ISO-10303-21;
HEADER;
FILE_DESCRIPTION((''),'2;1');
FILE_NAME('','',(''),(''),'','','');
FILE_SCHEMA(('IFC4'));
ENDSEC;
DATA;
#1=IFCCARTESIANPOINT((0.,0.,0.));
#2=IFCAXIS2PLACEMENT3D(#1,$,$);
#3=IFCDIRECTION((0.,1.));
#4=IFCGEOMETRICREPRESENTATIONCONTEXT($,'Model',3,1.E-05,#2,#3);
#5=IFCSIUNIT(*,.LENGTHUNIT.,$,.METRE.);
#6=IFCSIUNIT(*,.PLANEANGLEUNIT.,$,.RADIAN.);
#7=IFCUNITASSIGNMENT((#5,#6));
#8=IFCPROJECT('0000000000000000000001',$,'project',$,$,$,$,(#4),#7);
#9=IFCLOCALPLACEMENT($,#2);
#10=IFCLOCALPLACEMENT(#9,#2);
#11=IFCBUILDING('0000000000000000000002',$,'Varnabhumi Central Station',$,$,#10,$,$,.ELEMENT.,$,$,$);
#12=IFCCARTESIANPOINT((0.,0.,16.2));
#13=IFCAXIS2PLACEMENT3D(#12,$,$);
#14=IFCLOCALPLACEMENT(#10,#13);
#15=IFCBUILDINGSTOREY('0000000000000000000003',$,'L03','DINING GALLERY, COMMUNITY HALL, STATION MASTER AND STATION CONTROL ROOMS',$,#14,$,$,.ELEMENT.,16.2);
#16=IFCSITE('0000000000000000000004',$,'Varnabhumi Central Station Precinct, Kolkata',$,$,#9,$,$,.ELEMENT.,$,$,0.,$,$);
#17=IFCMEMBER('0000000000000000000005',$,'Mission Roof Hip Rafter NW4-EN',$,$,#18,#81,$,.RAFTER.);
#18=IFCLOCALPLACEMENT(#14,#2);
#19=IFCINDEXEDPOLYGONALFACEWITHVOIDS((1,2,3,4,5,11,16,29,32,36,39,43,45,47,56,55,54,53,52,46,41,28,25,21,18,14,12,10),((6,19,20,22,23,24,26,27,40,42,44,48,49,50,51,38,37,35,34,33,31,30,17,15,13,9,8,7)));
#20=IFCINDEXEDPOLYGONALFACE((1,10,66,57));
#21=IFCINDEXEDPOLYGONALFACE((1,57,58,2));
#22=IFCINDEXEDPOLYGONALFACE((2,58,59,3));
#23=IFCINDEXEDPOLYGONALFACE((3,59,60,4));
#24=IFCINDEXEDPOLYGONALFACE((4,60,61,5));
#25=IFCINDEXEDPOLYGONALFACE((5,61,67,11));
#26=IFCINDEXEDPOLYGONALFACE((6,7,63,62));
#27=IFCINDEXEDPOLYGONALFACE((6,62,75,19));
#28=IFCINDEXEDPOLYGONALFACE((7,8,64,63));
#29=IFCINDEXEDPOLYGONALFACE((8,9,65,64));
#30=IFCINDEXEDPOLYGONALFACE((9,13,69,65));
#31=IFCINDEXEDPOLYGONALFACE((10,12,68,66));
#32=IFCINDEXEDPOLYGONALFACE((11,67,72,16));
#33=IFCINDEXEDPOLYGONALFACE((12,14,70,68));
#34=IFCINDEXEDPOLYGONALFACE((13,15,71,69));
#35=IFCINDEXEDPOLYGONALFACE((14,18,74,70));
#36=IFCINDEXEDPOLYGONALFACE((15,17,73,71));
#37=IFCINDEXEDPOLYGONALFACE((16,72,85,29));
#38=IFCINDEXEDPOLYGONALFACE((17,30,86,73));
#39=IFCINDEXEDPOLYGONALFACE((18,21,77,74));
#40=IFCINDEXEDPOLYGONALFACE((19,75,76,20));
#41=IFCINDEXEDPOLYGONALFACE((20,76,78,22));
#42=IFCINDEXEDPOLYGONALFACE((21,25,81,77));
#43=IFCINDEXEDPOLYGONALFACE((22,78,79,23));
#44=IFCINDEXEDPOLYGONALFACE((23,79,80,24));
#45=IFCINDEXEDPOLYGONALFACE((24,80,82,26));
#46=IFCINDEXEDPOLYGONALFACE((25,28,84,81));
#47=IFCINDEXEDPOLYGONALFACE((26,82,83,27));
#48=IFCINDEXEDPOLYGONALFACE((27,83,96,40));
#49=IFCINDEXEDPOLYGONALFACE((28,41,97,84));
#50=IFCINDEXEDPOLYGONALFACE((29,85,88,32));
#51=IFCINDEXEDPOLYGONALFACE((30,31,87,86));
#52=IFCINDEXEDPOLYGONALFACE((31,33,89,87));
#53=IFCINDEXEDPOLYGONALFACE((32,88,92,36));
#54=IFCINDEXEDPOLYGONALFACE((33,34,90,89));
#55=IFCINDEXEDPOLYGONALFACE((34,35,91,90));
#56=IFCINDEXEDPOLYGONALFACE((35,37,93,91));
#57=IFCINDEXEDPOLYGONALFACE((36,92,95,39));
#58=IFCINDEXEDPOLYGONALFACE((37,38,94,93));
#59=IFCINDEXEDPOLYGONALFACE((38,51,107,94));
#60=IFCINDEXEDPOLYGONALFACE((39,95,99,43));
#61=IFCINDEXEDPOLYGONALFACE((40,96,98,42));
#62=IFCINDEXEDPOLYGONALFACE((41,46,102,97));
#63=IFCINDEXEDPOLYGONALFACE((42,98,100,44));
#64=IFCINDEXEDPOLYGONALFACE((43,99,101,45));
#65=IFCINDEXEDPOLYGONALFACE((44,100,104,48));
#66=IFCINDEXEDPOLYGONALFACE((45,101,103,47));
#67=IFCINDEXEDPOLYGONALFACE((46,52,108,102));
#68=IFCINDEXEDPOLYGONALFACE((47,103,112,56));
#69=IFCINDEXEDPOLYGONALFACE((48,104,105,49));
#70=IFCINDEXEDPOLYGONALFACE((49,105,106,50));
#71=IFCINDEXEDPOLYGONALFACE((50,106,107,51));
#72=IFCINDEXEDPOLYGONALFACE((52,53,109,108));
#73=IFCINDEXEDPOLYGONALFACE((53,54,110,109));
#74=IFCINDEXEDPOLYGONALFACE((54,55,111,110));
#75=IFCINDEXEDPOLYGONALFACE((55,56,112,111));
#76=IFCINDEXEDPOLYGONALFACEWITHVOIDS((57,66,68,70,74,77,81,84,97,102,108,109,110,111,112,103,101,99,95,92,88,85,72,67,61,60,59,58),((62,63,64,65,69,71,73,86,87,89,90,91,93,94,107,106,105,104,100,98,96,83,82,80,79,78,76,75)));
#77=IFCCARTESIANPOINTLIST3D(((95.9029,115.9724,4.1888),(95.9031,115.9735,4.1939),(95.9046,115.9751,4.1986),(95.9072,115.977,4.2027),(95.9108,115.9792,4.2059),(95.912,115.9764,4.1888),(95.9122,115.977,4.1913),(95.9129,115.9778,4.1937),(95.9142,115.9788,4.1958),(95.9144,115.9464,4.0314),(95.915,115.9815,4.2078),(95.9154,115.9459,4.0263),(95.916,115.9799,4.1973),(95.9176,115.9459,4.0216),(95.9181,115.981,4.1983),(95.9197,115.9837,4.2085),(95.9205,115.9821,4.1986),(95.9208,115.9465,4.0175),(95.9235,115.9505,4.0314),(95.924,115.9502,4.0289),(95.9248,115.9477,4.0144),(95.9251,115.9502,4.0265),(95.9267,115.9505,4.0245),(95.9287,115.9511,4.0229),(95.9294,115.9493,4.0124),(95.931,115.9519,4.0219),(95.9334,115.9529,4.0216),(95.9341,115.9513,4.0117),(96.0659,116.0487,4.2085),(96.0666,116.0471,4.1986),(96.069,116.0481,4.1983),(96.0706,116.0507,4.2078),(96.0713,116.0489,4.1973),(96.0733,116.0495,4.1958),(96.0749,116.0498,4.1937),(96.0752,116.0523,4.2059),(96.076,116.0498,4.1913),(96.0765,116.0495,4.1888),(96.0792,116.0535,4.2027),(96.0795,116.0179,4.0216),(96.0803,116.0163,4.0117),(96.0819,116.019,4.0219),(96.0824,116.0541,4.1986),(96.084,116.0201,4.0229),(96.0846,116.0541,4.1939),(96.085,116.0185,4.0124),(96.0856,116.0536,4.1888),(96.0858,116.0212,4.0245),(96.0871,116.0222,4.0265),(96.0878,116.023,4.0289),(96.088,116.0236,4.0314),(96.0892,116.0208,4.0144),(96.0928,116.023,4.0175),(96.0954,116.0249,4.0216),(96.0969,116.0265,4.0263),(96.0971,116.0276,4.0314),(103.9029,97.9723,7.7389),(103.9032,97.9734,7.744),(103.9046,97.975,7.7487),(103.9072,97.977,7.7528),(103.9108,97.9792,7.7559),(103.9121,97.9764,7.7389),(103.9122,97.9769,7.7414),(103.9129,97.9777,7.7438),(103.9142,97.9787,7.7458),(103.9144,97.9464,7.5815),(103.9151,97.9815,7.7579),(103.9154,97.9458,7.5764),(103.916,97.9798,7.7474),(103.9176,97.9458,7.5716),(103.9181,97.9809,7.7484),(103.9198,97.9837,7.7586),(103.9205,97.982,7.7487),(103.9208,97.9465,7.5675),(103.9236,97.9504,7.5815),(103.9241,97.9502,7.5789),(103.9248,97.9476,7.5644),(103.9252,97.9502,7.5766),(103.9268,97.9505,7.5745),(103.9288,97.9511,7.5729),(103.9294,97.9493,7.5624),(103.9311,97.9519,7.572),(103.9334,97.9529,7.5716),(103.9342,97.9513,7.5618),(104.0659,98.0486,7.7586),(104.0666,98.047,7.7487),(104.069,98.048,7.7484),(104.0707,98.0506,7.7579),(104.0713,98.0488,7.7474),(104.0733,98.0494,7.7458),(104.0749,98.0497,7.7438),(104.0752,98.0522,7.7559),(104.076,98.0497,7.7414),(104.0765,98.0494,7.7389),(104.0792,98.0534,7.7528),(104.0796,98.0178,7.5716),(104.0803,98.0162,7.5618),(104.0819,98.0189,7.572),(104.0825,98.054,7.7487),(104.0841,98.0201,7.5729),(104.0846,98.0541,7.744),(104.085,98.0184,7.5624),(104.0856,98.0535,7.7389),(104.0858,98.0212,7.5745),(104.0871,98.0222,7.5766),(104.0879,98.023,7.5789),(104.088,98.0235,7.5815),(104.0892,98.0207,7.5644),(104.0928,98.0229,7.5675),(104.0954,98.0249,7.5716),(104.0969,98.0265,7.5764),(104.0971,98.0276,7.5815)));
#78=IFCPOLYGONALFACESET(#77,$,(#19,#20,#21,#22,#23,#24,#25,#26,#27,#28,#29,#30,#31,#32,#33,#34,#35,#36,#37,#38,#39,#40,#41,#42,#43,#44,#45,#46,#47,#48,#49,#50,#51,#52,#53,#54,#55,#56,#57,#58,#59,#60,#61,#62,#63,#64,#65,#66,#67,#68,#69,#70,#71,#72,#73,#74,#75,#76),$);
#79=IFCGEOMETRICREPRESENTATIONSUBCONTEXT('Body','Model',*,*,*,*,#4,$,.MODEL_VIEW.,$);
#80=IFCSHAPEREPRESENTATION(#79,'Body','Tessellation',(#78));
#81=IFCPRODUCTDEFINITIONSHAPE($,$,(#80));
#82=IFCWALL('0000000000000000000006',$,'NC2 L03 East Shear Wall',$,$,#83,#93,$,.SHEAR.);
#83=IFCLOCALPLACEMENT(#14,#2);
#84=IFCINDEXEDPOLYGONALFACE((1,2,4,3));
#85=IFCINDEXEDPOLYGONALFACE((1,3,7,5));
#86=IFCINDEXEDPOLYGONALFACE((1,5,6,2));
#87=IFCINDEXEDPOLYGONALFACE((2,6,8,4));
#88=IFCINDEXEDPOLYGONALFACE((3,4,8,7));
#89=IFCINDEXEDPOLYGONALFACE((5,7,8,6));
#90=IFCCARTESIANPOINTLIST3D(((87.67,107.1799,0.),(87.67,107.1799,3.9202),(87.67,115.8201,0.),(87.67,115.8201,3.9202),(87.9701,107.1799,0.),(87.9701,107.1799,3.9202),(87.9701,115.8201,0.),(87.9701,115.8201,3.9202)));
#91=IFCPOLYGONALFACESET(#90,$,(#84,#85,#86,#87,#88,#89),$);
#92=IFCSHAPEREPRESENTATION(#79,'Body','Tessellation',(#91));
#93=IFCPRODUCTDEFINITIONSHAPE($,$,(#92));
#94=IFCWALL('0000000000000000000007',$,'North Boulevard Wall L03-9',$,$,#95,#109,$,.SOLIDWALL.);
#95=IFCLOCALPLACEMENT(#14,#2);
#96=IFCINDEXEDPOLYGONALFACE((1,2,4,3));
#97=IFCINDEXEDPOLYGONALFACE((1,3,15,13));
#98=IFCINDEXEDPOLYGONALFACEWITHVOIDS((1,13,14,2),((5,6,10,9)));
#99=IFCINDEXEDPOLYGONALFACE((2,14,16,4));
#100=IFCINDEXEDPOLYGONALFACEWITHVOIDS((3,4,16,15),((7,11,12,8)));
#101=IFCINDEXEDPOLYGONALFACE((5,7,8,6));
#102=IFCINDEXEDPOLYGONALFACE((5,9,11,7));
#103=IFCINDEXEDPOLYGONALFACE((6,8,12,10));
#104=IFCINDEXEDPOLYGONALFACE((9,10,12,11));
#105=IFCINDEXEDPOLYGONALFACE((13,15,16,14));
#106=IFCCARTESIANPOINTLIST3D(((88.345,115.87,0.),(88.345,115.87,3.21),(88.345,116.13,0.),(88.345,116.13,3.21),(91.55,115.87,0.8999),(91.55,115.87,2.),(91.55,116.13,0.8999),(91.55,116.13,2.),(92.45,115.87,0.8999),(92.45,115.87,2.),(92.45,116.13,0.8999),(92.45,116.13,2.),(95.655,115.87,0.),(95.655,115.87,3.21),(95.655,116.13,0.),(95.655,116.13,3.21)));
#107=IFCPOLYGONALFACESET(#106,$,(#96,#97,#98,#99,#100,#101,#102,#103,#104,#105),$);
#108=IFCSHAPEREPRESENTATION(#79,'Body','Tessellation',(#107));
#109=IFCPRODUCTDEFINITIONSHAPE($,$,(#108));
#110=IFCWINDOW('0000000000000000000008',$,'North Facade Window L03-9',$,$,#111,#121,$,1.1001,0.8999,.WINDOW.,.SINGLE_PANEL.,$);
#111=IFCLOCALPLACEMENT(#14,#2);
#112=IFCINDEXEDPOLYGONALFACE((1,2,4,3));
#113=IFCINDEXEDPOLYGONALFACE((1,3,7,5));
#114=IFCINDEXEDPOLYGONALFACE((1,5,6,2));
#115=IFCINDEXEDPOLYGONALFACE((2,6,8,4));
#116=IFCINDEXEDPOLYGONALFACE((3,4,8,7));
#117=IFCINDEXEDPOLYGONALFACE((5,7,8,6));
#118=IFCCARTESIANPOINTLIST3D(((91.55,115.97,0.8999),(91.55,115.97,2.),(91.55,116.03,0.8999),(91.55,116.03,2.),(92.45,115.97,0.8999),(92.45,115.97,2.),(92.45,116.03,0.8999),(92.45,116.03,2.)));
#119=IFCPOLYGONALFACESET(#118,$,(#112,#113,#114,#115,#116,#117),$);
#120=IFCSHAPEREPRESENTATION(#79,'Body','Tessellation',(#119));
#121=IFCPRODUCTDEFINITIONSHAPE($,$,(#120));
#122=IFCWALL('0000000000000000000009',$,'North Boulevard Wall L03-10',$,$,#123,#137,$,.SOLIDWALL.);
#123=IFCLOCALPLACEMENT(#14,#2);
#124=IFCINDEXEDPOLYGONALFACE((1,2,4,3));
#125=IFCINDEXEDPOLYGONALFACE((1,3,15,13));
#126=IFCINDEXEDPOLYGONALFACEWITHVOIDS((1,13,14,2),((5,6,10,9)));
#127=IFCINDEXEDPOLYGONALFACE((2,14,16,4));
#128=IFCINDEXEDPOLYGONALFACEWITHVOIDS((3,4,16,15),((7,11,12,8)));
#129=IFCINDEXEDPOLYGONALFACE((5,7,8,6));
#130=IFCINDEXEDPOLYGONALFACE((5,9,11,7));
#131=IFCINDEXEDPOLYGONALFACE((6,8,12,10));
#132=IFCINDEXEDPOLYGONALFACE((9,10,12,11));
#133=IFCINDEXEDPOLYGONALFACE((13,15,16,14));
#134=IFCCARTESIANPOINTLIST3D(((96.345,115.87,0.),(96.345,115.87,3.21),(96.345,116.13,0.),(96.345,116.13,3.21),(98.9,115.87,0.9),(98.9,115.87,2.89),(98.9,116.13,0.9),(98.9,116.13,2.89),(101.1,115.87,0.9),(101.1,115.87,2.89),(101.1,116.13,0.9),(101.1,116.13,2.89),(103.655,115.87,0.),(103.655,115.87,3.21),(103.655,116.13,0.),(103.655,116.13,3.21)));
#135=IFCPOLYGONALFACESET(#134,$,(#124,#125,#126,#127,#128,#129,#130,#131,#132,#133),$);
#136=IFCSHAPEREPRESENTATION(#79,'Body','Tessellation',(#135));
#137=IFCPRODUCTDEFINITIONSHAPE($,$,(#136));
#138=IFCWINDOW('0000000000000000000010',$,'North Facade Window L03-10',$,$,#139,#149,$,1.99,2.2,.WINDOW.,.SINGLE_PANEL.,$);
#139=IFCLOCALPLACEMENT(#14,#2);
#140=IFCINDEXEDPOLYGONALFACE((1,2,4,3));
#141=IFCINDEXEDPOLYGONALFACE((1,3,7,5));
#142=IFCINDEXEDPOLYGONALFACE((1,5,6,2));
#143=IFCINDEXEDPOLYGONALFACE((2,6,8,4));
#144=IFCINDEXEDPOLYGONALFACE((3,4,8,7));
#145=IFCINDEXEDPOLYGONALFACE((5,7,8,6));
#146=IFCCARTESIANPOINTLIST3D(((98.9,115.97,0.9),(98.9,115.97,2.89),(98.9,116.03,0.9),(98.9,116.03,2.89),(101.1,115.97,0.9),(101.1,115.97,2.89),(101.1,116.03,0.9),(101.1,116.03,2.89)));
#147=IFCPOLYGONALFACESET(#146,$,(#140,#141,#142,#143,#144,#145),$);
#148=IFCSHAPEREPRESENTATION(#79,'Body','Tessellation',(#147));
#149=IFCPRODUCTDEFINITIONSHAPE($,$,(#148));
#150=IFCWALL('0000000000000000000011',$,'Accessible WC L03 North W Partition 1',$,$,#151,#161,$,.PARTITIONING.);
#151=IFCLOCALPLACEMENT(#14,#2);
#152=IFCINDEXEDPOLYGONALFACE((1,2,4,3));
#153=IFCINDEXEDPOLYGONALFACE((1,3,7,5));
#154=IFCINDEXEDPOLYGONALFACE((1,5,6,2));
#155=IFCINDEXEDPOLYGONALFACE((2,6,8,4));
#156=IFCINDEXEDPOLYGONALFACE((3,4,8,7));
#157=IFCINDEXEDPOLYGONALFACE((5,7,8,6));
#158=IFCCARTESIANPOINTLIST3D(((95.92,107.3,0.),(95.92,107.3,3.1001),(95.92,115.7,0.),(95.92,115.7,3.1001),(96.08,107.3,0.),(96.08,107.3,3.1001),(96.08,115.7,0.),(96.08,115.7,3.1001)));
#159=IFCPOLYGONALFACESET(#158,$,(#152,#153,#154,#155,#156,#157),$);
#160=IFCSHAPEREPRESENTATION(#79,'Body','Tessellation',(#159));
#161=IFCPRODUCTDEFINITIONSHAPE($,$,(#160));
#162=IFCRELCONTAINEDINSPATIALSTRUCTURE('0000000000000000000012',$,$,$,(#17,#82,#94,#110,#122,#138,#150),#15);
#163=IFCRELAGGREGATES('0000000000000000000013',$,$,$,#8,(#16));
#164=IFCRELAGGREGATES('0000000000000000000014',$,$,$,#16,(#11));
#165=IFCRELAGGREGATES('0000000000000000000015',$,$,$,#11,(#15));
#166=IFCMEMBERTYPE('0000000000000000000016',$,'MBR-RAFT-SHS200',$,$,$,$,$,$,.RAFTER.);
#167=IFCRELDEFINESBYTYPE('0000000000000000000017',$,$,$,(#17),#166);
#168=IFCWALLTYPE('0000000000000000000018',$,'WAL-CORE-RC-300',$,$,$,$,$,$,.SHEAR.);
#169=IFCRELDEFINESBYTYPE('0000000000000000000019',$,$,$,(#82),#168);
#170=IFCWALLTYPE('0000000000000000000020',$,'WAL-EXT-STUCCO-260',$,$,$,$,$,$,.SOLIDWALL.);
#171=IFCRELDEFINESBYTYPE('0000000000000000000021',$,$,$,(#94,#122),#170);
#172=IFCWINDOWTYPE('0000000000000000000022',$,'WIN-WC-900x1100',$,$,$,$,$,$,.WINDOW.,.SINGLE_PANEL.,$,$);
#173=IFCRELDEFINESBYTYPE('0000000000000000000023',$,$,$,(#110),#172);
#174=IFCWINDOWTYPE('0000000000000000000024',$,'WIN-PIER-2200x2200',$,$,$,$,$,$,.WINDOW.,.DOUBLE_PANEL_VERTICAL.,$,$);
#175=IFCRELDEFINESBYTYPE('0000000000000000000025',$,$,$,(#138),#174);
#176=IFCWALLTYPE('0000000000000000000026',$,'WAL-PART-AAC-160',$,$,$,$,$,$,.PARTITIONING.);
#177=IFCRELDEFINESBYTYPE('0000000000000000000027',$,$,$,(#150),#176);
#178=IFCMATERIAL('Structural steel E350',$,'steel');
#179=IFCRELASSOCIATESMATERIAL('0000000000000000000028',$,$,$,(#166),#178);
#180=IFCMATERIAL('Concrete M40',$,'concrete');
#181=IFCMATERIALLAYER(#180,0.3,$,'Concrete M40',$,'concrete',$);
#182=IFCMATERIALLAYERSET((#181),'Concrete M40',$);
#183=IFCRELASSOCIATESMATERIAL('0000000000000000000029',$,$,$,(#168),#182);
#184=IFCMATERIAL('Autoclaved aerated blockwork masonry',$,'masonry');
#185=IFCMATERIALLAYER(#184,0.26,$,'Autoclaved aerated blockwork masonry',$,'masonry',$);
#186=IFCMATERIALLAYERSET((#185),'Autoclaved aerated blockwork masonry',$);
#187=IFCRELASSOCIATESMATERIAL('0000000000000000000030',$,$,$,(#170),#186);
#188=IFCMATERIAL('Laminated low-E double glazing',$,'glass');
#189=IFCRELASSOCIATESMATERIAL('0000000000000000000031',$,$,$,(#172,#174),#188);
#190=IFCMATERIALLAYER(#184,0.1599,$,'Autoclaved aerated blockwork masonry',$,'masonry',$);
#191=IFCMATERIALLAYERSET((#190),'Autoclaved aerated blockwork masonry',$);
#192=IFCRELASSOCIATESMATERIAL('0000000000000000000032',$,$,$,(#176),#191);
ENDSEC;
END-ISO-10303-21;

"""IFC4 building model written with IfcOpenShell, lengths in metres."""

from ifc_helpers import new_model, si_unit, direction, frame, frame_2d, origin, origin_2d, place, context, subcontext, project, spatial, rectangle, hollow_rectangle, extrude, material, layer, layer_set, material_profile, profile_set, type_object, element, fill, save


model = new_model("IFC4")

# Units and contexts
model_context = context("Model", 3, precision=1e-05, world=origin(), true_north=direction((0.0, 1.0)))
body_context = subcontext(model_context, "Body", "Model", "MODEL_VIEW")
ifc_project = project(units=[si_unit("LENGTHUNIT", "METRE"), si_unit("PLANEANGLEUNIT", "RADIAN")], contexts=[model_context])

# Site, building, storey
site_placement = place(None, origin())
site = spatial("IfcSite", under=ifc_project, at=site_placement, Name="Varnabhumi Central Station Precinct, Kolkata", CompositionType="ELEMENT", RefElevation=0.0)
building_placement = place(site_placement, origin())
building = spatial("IfcBuilding", under=site, at=building_placement, Name="Varnabhumi Central Station", CompositionType="ELEMENT")
storey_placement = place(building_placement, frame((0.0, 0.0, 16.2)))
storey = spatial("IfcBuildingStorey", under=building, at=storey_placement, Name="L03", Description="DINING GALLERY, COMMUNITY HALL, STATION MASTER AND STATION CONTROL ROOMS", CompositionType="ELEMENT", Elevation=16.2)

# Shared definitions
ifc_material_1 = material(Name="Concrete M40", Category="concrete")

# Shared definitions
ifc_material_2 = material(Name="Structural steel E350", Category="steel")

# Member
ifc_material_profile_1 = material_profile(ifc_material_2, hollow_rectangle(XDim=0.2, YDim=0.2, WallThickness=0.01, InnerFilletRadius=0.01, OuterFilletRadius=0.02, at=origin_2d()), Name="Structural steel E350", Category="steel")
ifc_profile_set_1 = profile_set([ifc_material_profile_1], Name="Structural steel E350")
member_type = type_object("IfcMemberType", Name="MBR-RAFT-SHS200", PredefinedType="RAFTER", material=ifc_profile_set_1)
member_placement = place(storey_placement, frame((96.0, 116.0, 4.1101), z_axis=(0.399699, -0.899323, 0.177369), x_axis=(0.913812, 0.406138, 0.0)))
element("IfcMember", 1, at=member_placement, inside=storey, type_object=member_type, Name="Mission Roof Hip Rafter NW4-EN", PredefinedType="RAFTER", context=body_context, shape_type="SweptSolid", body=[
    extrude(hollow_rectangle(XDim=0.2, YDim=0.2, WallThickness=0.01, InnerFilletRadius=0.01, OuterFilletRadius=0.02, at=origin_2d()), origin(), (0.0, 0.0, 1.0), 20.0151),
])

# Wall
ifc_layer_1 = layer(ifc_material_1, 0.3, Name="Concrete M40", Category="concrete")
ifc_layer_set_1 = layer_set([ifc_layer_1], Name="Concrete M40")
wall_type_1 = type_object("IfcWallType", Name="WAL-CORE-RC-300", PredefinedType="SHEAR", material=ifc_layer_set_1)
wall_1_placement = place(storey_placement, frame((87.8201, 107.1799, 0.0), z_axis=(0.0, 0.0, 1.0), x_axis=(0.0, 1.0, 0.0)))
element("IfcWall", 2, at=wall_1_placement, inside=storey, type_object=wall_type_1, Name="NC2 L03 East Shear Wall", PredefinedType="SHEAR", context=body_context, shape_type="SweptSolid", body=[
    extrude(rectangle(XDim=8.6401, YDim=0.3, at=frame_2d((4.3201, 0.0))), origin(), (0.0, 0.0, 1.0), 3.9202),
])

# Walls, openings, windows
ifc_material_3 = material(Name="Autoclaved aerated blockwork masonry", Category="masonry")
ifc_layer_2 = layer(ifc_material_3, 0.26, Name="Autoclaved aerated blockwork masonry", Category="masonry")
ifc_layer_set_2 = layer_set([ifc_layer_2], Name="Autoclaved aerated blockwork masonry")
wall_type_2 = type_object("IfcWallType", Name="WAL-EXT-STUCCO-260", PredefinedType="SOLIDWALL", material=ifc_layer_set_2)
wall_2_placement = place(storey_placement, frame((88.345, 116.0, 0.0), z_axis=(0.0, 0.0, 1.0), x_axis=(1.0, 0.0, 0.0)))
wall_2 = element("IfcWall", 3, at=wall_2_placement, inside=storey, type_object=wall_type_2, Name="North Boulevard Wall L03-9", PredefinedType="SOLIDWALL", context=body_context, shape_type="SweptSolid", body=[
    extrude(rectangle(XDim=7.3101, YDim=0.26, at=frame_2d((3.655, 0.0))), origin(), (0.0, 0.0, 1.0), 3.21),
])
opening_1_placement = place(wall_2_placement, frame((3.2051, 0.0, 0.8999)))
opening_1 = element("IfcOpeningElement", 4, at=opening_1_placement, cuts=wall_2, PredefinedType="OPENING", context=body_context, shape_type="SweptSolid", body=[
    extrude(rectangle(XDim=0.8999, YDim=1.1001, at=frame_2d((0.45, 0.55))), frame((0.0, 0.1399, 0.0), z_axis=(0.0, -1.0, 0.0), x_axis=(1.0, 0.0, 0.0)), (0.0, 0.0, 1.0), 0.28),
])
ifc_material_4 = material(Name="Laminated low-E double glazing", Category="glass")
window_type_1 = type_object("IfcWindowType", Name="WIN-WC-900x1100", PartitioningType="SINGLE_PANEL", PredefinedType="WINDOW", material=ifc_material_4)
window_1_placement = place(opening_1_placement, origin())
window_1 = element("IfcWindow", 5, at=window_1_placement, inside=storey, type_object=window_type_1, Name="North Facade Window L03-9", OverallHeight=1.1001, OverallWidth=0.8999, PartitioningType="SINGLE_PANEL", PredefinedType="WINDOW", context=body_context, shape_type="SweptSolid", body=[
    extrude(rectangle(XDim=0.8999, YDim=1.1001, at=frame_2d((0.45, 0.55))), frame((0.0, 0.03, 0.0), z_axis=(0.0, -1.0, 0.0), x_axis=(1.0, 0.0, 0.0)), (0.0, 0.0, 1.0), 0.0601),
])
fill(opening_1, window_1)
wall_3_placement = place(storey_placement, frame((96.345, 116.0, 0.0), z_axis=(0.0, 0.0, 1.0), x_axis=(1.0, 0.0, 0.0)))
wall_3 = element("IfcWall", 6, at=wall_3_placement, inside=storey, type_object=wall_type_2, Name="North Boulevard Wall L03-10", PredefinedType="SOLIDWALL", context=body_context, shape_type="SweptSolid", body=[
    extrude(rectangle(XDim=7.3101, YDim=0.26, at=frame_2d((3.655, 0.0))), origin(), (0.0, 0.0, 1.0), 3.21),
])
opening_2_placement = place(wall_3_placement, frame((2.5549, 0.0, 0.8999)))
opening_2 = element("IfcOpeningElement", 7, at=opening_2_placement, cuts=wall_3, PredefinedType="OPENING", context=body_context, shape_type="SweptSolid", body=[
    extrude(rectangle(XDim=2.2, YDim=1.99, at=frame_2d((1.1001, 0.9951))), frame((0.0, 0.1399, 0.0), z_axis=(0.0, -1.0, 0.0), x_axis=(1.0, 0.0, 0.0)), (0.0, 0.0, 1.0), 0.28),
])
window_type_2 = type_object("IfcWindowType", Name="WIN-PIER-2200x2200", PartitioningType="DOUBLE_PANEL_VERTICAL", PredefinedType="WINDOW", material=ifc_material_4)
window_2_placement = place(opening_2_placement, origin())
window_2 = element("IfcWindow", 8, at=window_2_placement, inside=storey, type_object=window_type_2, Name="North Facade Window L03-10", OverallHeight=1.99, OverallWidth=2.2, PartitioningType="SINGLE_PANEL", PredefinedType="WINDOW", context=body_context, shape_type="SweptSolid", body=[
    extrude(rectangle(XDim=2.2, YDim=1.99, at=frame_2d((1.1001, 0.9951))), frame((0.0, 0.03, 0.0), z_axis=(0.0, -1.0, 0.0), x_axis=(1.0, 0.0, 0.0)), (0.0, 0.0, 1.0), 0.0601),
])
fill(opening_2, window_2)

# Wall
ifc_layer_3 = layer(ifc_material_3, 0.1599, Name="Autoclaved aerated blockwork masonry", Category="masonry")
ifc_layer_set_3 = layer_set([ifc_layer_3], Name="Autoclaved aerated blockwork masonry")
wall_type_3 = type_object("IfcWallType", Name="WAL-PART-AAC-160", PredefinedType="PARTITIONING", material=ifc_layer_set_3)
wall_4_placement = place(storey_placement, frame((96.0, 107.3, 0.0), z_axis=(0.0, 0.0, 1.0), x_axis=(0.0, 1.0, 0.0)))
element("IfcWall", 9, at=wall_4_placement, inside=storey, type_object=wall_type_3, Name="Accessible WC L03 North W Partition 1", PredefinedType="PARTITIONING", context=body_context, shape_type="SweptSolid", body=[
    extrude(rectangle(XDim=8.3999, YDim=0.1599, at=frame_2d((4.2, 0.0))), origin(), (0.0, 0.0, 1.0), 3.1001),
])

save(model, "model.ifc")
